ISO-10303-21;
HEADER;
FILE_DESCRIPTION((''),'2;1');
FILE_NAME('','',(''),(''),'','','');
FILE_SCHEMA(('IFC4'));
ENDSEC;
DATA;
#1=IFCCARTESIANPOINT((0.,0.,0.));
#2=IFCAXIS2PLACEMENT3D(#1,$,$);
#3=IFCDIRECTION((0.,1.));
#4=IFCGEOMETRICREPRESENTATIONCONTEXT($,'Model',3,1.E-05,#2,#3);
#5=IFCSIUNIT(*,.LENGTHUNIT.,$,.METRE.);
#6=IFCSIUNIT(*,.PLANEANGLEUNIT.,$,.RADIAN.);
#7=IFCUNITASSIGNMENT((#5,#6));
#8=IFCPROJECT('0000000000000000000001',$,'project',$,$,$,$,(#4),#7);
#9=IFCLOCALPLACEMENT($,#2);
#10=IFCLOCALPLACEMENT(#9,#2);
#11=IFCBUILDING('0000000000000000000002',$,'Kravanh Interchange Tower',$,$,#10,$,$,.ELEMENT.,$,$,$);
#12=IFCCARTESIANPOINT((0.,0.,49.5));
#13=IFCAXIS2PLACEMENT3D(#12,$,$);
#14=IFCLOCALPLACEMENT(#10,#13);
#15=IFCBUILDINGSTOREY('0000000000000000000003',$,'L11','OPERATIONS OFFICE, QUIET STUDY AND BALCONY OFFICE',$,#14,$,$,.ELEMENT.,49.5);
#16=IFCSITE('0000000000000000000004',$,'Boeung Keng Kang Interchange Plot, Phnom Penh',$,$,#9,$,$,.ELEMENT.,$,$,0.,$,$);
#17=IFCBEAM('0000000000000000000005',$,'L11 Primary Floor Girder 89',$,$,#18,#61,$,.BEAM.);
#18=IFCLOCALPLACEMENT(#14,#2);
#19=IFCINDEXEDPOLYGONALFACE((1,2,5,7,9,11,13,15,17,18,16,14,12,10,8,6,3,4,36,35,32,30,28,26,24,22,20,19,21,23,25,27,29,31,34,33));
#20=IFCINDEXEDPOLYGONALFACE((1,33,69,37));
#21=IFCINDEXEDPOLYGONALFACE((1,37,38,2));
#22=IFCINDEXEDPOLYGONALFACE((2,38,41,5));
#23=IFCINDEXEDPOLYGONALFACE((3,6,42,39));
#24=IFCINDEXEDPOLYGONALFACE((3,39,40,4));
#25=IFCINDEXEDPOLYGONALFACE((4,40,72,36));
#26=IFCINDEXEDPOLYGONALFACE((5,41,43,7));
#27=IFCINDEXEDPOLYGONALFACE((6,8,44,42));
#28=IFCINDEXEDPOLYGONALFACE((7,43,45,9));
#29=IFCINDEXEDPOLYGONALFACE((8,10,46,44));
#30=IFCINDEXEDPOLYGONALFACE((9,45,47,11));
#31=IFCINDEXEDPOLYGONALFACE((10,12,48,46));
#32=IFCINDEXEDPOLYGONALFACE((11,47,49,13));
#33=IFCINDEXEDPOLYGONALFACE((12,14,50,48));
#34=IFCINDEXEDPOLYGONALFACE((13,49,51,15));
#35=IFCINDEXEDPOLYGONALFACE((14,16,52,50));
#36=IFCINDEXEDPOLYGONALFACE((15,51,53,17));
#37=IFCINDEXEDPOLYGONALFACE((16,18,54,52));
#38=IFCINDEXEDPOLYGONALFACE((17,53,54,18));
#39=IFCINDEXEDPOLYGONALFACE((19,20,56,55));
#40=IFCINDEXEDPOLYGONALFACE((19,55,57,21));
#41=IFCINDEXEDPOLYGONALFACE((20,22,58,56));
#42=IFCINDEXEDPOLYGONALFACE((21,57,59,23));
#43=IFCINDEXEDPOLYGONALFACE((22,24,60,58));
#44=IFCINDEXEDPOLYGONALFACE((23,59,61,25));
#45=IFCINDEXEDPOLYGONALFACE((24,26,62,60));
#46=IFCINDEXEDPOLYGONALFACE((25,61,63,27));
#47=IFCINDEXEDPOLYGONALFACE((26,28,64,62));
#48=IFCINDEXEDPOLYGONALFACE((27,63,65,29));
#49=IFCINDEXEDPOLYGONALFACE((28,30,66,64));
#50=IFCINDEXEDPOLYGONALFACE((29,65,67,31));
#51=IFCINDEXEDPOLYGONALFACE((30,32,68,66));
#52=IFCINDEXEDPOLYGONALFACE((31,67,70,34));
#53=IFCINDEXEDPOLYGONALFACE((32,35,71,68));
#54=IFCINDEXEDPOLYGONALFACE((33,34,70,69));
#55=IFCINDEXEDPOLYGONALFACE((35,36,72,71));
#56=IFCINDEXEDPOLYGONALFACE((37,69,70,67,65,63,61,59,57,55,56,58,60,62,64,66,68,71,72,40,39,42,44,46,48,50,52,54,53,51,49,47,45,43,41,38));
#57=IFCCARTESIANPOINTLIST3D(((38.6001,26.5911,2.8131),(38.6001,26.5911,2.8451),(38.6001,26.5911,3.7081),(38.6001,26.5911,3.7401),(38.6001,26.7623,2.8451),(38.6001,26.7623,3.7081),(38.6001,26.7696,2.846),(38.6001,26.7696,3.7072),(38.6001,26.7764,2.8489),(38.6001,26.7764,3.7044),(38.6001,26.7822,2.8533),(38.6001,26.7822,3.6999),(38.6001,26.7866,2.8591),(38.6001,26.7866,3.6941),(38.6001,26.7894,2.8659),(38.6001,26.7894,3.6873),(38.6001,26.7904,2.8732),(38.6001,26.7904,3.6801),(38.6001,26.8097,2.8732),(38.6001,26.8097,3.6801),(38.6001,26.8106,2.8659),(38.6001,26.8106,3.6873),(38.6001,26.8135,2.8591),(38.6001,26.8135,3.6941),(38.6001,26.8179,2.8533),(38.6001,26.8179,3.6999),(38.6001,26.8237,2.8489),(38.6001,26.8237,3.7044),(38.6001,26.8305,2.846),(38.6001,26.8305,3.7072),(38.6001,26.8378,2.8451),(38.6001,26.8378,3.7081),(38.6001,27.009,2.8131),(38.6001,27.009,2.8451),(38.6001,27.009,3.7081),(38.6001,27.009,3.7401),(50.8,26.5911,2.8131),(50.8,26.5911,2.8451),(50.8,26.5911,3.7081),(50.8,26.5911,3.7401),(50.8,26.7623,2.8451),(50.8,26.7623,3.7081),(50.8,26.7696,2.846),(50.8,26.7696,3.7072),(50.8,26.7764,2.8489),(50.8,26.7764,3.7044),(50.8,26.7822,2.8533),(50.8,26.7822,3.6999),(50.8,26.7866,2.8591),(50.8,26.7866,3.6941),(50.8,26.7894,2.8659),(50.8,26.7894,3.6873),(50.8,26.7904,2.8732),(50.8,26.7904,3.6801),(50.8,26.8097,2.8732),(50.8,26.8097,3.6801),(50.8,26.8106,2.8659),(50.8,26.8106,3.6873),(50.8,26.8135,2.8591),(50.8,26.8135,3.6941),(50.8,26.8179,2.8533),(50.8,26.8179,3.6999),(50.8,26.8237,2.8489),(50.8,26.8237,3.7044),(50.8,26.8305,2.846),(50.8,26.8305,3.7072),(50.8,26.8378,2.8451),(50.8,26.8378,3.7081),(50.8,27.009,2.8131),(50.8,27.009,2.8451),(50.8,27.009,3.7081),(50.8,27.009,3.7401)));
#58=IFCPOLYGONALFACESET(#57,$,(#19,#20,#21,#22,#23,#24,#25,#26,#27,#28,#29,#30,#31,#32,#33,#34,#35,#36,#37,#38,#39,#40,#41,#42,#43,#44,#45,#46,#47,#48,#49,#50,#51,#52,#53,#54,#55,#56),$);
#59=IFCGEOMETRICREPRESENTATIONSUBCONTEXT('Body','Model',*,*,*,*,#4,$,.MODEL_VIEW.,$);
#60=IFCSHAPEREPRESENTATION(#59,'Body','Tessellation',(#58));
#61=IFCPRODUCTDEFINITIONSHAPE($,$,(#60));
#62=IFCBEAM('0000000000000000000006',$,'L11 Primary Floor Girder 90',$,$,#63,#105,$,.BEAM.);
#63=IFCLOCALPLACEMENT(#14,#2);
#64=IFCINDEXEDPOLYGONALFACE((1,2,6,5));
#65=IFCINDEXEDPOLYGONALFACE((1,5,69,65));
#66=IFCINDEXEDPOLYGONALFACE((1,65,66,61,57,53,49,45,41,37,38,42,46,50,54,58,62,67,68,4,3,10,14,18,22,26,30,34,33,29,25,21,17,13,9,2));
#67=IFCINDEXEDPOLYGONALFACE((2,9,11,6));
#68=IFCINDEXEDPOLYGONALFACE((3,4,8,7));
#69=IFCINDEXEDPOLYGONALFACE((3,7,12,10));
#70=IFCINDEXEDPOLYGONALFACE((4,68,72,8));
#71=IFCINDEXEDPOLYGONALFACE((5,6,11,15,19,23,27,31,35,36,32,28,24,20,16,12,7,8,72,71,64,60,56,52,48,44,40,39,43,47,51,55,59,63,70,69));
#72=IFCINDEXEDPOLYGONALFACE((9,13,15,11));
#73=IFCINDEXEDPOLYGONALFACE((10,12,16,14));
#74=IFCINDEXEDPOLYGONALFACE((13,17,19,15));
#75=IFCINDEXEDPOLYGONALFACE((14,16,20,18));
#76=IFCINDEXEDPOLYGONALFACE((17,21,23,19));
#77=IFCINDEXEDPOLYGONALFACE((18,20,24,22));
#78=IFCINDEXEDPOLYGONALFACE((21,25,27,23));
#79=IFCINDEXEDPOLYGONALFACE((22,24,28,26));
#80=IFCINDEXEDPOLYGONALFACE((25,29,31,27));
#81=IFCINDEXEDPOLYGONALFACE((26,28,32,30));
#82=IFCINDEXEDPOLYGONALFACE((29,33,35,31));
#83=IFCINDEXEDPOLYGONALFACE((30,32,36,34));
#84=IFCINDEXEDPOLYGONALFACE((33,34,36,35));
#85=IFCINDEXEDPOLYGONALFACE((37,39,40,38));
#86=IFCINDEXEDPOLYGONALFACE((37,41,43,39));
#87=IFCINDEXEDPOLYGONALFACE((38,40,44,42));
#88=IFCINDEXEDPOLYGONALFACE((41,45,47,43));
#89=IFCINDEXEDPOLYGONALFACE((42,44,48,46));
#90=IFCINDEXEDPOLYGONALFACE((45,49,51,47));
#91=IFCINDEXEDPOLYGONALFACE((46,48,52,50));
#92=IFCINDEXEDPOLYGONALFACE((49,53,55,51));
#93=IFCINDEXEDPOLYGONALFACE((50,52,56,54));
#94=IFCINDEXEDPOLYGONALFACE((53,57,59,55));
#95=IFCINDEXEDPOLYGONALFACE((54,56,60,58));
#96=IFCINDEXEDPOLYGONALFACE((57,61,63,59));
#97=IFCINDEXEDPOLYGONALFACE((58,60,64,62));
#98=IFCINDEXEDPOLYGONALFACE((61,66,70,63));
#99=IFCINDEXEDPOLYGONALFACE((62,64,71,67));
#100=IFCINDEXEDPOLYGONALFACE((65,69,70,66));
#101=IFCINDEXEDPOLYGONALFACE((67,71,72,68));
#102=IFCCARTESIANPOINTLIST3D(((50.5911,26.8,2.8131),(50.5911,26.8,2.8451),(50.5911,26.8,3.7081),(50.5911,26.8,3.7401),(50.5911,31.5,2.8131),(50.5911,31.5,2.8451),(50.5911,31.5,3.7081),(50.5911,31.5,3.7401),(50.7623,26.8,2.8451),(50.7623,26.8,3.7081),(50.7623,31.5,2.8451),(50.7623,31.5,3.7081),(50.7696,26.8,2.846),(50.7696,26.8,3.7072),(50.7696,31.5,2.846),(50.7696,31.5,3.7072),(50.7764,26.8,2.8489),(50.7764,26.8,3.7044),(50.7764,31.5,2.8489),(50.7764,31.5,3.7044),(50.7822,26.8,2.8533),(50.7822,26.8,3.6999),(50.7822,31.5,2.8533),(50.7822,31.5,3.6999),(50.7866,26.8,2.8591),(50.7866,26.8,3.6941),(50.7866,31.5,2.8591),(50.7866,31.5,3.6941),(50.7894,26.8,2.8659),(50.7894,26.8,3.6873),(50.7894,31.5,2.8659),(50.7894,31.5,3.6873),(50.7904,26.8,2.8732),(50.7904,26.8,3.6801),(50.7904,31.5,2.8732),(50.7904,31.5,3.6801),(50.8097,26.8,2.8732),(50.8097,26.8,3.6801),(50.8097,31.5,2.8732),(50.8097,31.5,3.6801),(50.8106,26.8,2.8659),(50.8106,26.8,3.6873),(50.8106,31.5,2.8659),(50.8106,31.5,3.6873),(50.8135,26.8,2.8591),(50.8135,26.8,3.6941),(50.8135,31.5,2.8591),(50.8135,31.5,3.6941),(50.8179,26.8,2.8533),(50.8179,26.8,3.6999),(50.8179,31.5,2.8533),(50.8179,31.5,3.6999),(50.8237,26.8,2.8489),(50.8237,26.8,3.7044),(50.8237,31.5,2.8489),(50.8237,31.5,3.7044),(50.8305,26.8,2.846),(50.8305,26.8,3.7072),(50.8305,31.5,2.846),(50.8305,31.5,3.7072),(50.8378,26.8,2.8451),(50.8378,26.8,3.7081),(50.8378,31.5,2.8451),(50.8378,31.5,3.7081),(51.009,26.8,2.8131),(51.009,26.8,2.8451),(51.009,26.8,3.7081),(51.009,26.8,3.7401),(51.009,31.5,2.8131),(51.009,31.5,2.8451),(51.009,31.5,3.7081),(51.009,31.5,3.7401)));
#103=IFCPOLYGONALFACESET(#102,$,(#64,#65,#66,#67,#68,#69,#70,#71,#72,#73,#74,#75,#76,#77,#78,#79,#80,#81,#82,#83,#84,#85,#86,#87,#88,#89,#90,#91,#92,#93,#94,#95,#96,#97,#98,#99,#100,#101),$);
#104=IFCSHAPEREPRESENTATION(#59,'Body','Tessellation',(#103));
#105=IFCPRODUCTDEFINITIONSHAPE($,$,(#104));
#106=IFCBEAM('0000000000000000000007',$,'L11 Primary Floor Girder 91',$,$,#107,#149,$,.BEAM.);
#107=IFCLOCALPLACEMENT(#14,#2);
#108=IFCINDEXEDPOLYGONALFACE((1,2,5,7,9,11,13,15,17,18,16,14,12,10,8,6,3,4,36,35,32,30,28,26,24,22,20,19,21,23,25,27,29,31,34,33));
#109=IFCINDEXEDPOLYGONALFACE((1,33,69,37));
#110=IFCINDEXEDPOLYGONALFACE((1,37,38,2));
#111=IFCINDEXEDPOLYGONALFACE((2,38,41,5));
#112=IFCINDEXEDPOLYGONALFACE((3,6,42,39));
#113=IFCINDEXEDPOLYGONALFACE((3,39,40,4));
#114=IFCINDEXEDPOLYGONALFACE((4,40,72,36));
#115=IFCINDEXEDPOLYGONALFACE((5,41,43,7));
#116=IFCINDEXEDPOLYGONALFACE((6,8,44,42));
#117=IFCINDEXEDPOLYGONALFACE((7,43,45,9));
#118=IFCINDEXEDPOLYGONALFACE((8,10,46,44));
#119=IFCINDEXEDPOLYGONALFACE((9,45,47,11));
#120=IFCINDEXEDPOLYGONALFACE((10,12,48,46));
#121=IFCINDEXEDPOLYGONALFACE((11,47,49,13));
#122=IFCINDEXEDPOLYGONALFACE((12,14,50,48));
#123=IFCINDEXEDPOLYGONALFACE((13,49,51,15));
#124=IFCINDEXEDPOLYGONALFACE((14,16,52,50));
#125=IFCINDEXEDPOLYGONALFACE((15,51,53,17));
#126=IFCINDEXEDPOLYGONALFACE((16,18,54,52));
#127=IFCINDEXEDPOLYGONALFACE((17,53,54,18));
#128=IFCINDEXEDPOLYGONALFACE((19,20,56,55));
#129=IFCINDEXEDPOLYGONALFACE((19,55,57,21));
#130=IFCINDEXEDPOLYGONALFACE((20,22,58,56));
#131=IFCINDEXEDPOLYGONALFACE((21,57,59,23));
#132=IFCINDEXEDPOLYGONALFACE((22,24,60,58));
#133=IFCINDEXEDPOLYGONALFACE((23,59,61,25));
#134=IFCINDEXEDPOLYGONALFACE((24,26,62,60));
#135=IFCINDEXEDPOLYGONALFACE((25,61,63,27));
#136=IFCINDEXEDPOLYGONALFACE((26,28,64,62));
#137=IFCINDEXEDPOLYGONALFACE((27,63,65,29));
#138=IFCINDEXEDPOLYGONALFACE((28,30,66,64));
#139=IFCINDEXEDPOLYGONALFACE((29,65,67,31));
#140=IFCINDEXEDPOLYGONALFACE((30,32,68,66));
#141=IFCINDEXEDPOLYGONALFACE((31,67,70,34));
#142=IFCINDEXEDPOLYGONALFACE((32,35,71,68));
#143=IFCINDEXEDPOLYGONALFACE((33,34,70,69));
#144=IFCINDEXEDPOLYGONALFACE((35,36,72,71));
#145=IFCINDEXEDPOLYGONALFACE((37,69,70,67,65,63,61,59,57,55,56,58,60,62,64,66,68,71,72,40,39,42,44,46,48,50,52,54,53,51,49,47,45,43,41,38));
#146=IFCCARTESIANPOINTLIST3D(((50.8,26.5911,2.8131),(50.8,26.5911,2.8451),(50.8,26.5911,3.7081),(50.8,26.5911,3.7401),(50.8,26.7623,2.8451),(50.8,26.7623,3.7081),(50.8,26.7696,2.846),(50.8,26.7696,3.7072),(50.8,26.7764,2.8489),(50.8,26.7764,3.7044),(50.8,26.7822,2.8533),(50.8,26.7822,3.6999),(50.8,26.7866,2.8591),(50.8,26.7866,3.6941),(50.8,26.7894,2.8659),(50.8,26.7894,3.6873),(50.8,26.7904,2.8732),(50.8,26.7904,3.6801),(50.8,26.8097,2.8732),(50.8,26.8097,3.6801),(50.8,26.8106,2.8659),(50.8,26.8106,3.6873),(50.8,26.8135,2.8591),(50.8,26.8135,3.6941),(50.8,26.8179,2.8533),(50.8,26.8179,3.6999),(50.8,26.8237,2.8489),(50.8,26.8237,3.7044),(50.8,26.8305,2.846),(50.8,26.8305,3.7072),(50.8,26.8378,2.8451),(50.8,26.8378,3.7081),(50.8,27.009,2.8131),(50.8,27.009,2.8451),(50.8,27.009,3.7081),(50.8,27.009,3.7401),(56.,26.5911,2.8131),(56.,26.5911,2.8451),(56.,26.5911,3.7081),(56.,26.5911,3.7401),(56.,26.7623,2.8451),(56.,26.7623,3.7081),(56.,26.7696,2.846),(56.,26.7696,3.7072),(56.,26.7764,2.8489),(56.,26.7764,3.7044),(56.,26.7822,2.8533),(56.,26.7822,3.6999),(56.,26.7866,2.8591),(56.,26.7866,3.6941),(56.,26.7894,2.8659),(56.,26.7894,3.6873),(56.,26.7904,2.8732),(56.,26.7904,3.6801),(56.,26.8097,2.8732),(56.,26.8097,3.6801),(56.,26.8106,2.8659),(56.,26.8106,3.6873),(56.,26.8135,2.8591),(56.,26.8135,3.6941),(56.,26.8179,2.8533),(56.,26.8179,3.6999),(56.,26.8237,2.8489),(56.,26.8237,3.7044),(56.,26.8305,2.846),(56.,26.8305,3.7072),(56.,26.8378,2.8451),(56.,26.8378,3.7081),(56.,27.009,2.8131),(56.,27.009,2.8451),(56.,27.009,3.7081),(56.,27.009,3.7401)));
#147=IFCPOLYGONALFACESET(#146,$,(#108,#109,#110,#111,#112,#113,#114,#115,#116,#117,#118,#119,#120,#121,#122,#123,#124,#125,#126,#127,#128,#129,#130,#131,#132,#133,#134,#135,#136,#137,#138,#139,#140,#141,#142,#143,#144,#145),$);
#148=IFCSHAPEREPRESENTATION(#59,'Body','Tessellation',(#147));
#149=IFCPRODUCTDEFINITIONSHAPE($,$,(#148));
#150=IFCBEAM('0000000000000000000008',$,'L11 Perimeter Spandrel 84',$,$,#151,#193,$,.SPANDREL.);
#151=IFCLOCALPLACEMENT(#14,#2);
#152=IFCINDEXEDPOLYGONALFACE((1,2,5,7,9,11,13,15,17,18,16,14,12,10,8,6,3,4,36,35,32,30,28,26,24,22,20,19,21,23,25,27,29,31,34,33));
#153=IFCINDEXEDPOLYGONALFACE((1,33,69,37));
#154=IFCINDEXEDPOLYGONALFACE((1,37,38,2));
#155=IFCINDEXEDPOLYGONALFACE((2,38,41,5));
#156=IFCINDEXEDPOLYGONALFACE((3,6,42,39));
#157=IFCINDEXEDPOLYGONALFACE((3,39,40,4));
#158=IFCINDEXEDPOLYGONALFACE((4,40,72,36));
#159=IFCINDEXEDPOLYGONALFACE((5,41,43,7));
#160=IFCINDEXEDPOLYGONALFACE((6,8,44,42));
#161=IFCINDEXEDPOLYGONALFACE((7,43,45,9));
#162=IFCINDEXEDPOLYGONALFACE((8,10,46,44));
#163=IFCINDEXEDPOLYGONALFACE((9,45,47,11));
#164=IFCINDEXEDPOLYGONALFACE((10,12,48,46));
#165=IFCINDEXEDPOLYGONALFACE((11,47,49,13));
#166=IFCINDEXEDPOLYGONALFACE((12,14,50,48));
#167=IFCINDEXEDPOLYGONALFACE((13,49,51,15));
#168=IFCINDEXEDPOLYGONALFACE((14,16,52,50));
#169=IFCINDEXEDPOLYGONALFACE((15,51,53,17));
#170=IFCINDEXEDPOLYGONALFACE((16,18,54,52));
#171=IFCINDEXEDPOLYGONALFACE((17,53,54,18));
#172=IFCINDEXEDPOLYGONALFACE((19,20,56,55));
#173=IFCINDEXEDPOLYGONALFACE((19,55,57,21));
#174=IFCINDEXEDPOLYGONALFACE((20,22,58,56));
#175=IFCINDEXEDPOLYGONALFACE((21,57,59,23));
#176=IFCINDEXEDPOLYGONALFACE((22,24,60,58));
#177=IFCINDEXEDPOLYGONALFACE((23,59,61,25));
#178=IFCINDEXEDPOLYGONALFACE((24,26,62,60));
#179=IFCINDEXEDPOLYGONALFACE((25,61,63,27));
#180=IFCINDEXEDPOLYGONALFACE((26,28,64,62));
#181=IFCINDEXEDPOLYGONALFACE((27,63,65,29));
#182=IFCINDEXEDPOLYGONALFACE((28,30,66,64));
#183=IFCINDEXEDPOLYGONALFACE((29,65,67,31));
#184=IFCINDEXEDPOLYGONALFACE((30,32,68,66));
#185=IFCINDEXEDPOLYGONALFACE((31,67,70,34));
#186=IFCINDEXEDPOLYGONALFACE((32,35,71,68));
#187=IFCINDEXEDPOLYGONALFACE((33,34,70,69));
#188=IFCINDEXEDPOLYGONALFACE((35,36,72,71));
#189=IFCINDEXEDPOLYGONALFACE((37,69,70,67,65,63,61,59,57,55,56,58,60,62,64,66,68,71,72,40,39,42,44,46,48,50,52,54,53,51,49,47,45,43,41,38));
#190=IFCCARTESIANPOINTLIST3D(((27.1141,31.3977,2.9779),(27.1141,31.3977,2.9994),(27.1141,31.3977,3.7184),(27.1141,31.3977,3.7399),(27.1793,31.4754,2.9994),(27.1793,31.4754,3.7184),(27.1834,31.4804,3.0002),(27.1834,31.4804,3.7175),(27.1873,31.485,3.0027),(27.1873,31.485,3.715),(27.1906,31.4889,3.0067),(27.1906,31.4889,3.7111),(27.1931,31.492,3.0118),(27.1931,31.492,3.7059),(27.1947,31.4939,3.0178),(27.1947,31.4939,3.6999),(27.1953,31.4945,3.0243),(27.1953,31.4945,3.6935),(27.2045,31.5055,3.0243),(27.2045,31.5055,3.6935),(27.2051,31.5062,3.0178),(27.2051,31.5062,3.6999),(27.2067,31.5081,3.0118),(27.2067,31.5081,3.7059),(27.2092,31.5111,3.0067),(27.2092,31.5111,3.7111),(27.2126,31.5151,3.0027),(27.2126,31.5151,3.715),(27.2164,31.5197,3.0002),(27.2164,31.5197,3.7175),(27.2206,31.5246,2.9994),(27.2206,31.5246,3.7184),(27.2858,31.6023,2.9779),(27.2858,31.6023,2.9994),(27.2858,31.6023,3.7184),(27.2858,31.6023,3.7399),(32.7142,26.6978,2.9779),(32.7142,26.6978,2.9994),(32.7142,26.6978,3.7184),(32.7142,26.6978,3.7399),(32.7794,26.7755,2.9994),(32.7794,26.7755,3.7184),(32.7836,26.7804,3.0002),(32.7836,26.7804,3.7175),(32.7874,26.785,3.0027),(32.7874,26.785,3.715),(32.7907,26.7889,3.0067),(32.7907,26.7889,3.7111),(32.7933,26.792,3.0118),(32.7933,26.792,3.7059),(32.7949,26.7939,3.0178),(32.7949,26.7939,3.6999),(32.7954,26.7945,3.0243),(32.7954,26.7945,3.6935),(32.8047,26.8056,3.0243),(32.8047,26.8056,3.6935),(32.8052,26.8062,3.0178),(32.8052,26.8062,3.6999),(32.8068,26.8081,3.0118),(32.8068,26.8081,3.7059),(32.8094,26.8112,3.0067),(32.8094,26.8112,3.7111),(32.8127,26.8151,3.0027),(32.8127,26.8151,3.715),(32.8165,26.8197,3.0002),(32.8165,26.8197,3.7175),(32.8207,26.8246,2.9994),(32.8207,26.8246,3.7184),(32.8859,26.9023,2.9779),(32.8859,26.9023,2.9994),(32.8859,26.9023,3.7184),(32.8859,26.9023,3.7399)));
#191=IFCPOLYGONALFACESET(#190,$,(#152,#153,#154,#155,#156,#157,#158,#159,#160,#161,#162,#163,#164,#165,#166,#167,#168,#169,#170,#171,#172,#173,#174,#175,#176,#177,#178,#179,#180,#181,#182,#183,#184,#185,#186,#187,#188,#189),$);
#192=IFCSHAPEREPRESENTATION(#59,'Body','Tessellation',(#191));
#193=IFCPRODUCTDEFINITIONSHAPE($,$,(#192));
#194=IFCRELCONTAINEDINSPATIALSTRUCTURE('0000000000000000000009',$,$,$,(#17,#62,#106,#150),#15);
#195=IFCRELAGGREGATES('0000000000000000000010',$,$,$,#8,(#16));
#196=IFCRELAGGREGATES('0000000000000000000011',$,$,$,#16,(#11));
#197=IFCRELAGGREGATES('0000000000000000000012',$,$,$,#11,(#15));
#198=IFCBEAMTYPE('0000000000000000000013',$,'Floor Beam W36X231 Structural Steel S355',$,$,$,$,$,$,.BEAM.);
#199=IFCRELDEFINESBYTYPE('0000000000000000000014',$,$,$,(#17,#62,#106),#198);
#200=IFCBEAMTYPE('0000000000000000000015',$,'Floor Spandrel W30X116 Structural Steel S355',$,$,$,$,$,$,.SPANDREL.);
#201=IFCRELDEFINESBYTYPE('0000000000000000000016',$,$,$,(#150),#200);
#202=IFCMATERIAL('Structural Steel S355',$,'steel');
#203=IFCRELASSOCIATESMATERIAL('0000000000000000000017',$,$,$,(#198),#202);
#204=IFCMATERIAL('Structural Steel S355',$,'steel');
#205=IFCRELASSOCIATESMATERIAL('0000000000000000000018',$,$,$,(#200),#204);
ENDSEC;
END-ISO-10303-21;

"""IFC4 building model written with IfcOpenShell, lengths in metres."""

from ifc_helpers import new_model, si_unit, direction, frame, origin, origin_2d, place, context, subcontext, project, spatial, i_section, extrude, material, material_profile, profile_set, type_object, element, save


model = new_model("IFC4")

# Units and contexts
model_context = context("Model", 3, precision=1e-05, world=origin(), true_north=direction((0.0, 1.0)))
body_context = subcontext(model_context, "Body", "Model", "MODEL_VIEW")
ifc_project = project(units=[si_unit("LENGTHUNIT", "METRE"), si_unit("PLANEANGLEUNIT", "RADIAN")], contexts=[model_context])

# Site, building, storey
site_placement = place(None, origin())
site = spatial("IfcSite", under=ifc_project, at=site_placement, Name="Boeung Keng Kang Interchange Plot, Phnom Penh", CompositionType="ELEMENT", RefElevation=0.0)
building_placement = place(site_placement, origin())
building = spatial("IfcBuilding", under=site, at=building_placement, Name="Kravanh Interchange Tower", CompositionType="ELEMENT")
storey_placement = place(building_placement, frame((0.0, 0.0, 49.5)))
storey = spatial("IfcBuildingStorey", under=building, at=storey_placement, Name="L11", Description="OPERATIONS OFFICE, QUIET STUDY AND BALCONY OFFICE", CompositionType="ELEMENT", Elevation=49.5)

# Beams
ifc_material_1 = material(Name="Structural Steel S355", Category="steel")
ifc_material_profile_1 = material_profile(ifc_material_1, i_section(OverallWidth=0.418, OverallDepth=0.927, WebThickness=0.0193, FlangeThickness=0.032, FilletRadius=0.0281, at=origin_2d()), Name="W36X231")
ifc_profile_set_1 = profile_set([ifc_material_profile_1], Name="Structural Steel S355")
beam_type_1 = type_object("IfcBeamType", Name="Floor Beam W36X231 Structural Steel S355", PredefinedType="BEAM", material=ifc_profile_set_1)
beam_1_placement = place(storey_placement, frame((38.6001, 26.8, 3.2766), z_axis=(1.0, 0.0, 0.0), x_axis=(0.0, 1.0, 0.0)))
element("IfcBeam", 1, at=beam_1_placement, inside=storey, type_object=beam_type_1, Name="L11 Primary Floor Girder 89", PredefinedType="BEAM", context=body_context, shape_type="SweptSolid", body=[
    extrude(i_section(OverallWidth=0.418, OverallDepth=0.927, WebThickness=0.0193, FlangeThickness=0.032, FilletRadius=0.0281, at=origin_2d()), origin(), (0.0, 0.0, 1.0), 12.2),
])
beam_2_placement = place(storey_placement, frame((50.8, 26.8, 3.2766), z_axis=(0.0, 1.0, 0.0), x_axis=(-1.0, 0.0, 0.0)))
element("IfcBeam", 2, at=beam_2_placement, inside=storey, type_object=beam_type_1, Name="L11 Primary Floor Girder 90", PredefinedType="BEAM", context=body_context, shape_type="SweptSolid", body=[
    extrude(i_section(OverallWidth=0.418, OverallDepth=0.927, WebThickness=0.0193, FlangeThickness=0.032, FilletRadius=0.0281, at=origin_2d()), origin(), (0.0, 0.0, 1.0), 4.7),
])
beam_3_placement = place(storey_placement, frame((50.8, 26.8, 3.2766), z_axis=(1.0, 0.0, 0.0), x_axis=(0.0, 1.0, 0.0)))
element("IfcBeam", 3, at=beam_3_placement, inside=storey, type_object=beam_type_1, Name="L11 Primary Floor Girder 91", PredefinedType="BEAM", context=body_context, shape_type="SweptSolid", body=[
    extrude(i_section(OverallWidth=0.418, OverallDepth=0.927, WebThickness=0.0193, FlangeThickness=0.032, FilletRadius=0.0281, at=origin_2d()), origin(), (0.0, 0.0, 1.0), 5.2),
])
ifc_material_2 = material(Name="Structural Steel S355", Category="steel")
ifc_material_profile_2 = material_profile(ifc_material_2, i_section(OverallWidth=0.2671, OverallDepth=0.762, WebThickness=0.0144, FlangeThickness=0.0215, FilletRadius=0.0249, at=origin_2d()), Name="W30X116")
ifc_profile_set_2 = profile_set([ifc_material_profile_2], Name="Structural Steel S355")
beam_type_2 = type_object("IfcBeamType", Name="Floor Spandrel W30X116 Structural Steel S355", PredefinedType="SPANDREL", material=ifc_profile_set_2)
beam_4_placement = place(storey_placement, frame((32.8, 26.8, 3.3589), z_axis=(-0.765983, 0.642861, 0.0), x_axis=(-0.642861, -0.765983, 0.0)))
element("IfcBeam", 4, at=beam_4_placement, inside=storey, type_object=beam_type_2, Name="L11 Perimeter Spandrel 84", PredefinedType="SPANDREL", context=body_context, shape_type="SweptSolid", body=[
    extrude(i_section(OverallWidth=0.2671, OverallDepth=0.762, WebThickness=0.0144, FlangeThickness=0.0215, FilletRadius=0.0249, at=origin_2d()), origin(), (0.0, 0.0, 1.0), 7.311),
])

save(model, "model.ifc")
